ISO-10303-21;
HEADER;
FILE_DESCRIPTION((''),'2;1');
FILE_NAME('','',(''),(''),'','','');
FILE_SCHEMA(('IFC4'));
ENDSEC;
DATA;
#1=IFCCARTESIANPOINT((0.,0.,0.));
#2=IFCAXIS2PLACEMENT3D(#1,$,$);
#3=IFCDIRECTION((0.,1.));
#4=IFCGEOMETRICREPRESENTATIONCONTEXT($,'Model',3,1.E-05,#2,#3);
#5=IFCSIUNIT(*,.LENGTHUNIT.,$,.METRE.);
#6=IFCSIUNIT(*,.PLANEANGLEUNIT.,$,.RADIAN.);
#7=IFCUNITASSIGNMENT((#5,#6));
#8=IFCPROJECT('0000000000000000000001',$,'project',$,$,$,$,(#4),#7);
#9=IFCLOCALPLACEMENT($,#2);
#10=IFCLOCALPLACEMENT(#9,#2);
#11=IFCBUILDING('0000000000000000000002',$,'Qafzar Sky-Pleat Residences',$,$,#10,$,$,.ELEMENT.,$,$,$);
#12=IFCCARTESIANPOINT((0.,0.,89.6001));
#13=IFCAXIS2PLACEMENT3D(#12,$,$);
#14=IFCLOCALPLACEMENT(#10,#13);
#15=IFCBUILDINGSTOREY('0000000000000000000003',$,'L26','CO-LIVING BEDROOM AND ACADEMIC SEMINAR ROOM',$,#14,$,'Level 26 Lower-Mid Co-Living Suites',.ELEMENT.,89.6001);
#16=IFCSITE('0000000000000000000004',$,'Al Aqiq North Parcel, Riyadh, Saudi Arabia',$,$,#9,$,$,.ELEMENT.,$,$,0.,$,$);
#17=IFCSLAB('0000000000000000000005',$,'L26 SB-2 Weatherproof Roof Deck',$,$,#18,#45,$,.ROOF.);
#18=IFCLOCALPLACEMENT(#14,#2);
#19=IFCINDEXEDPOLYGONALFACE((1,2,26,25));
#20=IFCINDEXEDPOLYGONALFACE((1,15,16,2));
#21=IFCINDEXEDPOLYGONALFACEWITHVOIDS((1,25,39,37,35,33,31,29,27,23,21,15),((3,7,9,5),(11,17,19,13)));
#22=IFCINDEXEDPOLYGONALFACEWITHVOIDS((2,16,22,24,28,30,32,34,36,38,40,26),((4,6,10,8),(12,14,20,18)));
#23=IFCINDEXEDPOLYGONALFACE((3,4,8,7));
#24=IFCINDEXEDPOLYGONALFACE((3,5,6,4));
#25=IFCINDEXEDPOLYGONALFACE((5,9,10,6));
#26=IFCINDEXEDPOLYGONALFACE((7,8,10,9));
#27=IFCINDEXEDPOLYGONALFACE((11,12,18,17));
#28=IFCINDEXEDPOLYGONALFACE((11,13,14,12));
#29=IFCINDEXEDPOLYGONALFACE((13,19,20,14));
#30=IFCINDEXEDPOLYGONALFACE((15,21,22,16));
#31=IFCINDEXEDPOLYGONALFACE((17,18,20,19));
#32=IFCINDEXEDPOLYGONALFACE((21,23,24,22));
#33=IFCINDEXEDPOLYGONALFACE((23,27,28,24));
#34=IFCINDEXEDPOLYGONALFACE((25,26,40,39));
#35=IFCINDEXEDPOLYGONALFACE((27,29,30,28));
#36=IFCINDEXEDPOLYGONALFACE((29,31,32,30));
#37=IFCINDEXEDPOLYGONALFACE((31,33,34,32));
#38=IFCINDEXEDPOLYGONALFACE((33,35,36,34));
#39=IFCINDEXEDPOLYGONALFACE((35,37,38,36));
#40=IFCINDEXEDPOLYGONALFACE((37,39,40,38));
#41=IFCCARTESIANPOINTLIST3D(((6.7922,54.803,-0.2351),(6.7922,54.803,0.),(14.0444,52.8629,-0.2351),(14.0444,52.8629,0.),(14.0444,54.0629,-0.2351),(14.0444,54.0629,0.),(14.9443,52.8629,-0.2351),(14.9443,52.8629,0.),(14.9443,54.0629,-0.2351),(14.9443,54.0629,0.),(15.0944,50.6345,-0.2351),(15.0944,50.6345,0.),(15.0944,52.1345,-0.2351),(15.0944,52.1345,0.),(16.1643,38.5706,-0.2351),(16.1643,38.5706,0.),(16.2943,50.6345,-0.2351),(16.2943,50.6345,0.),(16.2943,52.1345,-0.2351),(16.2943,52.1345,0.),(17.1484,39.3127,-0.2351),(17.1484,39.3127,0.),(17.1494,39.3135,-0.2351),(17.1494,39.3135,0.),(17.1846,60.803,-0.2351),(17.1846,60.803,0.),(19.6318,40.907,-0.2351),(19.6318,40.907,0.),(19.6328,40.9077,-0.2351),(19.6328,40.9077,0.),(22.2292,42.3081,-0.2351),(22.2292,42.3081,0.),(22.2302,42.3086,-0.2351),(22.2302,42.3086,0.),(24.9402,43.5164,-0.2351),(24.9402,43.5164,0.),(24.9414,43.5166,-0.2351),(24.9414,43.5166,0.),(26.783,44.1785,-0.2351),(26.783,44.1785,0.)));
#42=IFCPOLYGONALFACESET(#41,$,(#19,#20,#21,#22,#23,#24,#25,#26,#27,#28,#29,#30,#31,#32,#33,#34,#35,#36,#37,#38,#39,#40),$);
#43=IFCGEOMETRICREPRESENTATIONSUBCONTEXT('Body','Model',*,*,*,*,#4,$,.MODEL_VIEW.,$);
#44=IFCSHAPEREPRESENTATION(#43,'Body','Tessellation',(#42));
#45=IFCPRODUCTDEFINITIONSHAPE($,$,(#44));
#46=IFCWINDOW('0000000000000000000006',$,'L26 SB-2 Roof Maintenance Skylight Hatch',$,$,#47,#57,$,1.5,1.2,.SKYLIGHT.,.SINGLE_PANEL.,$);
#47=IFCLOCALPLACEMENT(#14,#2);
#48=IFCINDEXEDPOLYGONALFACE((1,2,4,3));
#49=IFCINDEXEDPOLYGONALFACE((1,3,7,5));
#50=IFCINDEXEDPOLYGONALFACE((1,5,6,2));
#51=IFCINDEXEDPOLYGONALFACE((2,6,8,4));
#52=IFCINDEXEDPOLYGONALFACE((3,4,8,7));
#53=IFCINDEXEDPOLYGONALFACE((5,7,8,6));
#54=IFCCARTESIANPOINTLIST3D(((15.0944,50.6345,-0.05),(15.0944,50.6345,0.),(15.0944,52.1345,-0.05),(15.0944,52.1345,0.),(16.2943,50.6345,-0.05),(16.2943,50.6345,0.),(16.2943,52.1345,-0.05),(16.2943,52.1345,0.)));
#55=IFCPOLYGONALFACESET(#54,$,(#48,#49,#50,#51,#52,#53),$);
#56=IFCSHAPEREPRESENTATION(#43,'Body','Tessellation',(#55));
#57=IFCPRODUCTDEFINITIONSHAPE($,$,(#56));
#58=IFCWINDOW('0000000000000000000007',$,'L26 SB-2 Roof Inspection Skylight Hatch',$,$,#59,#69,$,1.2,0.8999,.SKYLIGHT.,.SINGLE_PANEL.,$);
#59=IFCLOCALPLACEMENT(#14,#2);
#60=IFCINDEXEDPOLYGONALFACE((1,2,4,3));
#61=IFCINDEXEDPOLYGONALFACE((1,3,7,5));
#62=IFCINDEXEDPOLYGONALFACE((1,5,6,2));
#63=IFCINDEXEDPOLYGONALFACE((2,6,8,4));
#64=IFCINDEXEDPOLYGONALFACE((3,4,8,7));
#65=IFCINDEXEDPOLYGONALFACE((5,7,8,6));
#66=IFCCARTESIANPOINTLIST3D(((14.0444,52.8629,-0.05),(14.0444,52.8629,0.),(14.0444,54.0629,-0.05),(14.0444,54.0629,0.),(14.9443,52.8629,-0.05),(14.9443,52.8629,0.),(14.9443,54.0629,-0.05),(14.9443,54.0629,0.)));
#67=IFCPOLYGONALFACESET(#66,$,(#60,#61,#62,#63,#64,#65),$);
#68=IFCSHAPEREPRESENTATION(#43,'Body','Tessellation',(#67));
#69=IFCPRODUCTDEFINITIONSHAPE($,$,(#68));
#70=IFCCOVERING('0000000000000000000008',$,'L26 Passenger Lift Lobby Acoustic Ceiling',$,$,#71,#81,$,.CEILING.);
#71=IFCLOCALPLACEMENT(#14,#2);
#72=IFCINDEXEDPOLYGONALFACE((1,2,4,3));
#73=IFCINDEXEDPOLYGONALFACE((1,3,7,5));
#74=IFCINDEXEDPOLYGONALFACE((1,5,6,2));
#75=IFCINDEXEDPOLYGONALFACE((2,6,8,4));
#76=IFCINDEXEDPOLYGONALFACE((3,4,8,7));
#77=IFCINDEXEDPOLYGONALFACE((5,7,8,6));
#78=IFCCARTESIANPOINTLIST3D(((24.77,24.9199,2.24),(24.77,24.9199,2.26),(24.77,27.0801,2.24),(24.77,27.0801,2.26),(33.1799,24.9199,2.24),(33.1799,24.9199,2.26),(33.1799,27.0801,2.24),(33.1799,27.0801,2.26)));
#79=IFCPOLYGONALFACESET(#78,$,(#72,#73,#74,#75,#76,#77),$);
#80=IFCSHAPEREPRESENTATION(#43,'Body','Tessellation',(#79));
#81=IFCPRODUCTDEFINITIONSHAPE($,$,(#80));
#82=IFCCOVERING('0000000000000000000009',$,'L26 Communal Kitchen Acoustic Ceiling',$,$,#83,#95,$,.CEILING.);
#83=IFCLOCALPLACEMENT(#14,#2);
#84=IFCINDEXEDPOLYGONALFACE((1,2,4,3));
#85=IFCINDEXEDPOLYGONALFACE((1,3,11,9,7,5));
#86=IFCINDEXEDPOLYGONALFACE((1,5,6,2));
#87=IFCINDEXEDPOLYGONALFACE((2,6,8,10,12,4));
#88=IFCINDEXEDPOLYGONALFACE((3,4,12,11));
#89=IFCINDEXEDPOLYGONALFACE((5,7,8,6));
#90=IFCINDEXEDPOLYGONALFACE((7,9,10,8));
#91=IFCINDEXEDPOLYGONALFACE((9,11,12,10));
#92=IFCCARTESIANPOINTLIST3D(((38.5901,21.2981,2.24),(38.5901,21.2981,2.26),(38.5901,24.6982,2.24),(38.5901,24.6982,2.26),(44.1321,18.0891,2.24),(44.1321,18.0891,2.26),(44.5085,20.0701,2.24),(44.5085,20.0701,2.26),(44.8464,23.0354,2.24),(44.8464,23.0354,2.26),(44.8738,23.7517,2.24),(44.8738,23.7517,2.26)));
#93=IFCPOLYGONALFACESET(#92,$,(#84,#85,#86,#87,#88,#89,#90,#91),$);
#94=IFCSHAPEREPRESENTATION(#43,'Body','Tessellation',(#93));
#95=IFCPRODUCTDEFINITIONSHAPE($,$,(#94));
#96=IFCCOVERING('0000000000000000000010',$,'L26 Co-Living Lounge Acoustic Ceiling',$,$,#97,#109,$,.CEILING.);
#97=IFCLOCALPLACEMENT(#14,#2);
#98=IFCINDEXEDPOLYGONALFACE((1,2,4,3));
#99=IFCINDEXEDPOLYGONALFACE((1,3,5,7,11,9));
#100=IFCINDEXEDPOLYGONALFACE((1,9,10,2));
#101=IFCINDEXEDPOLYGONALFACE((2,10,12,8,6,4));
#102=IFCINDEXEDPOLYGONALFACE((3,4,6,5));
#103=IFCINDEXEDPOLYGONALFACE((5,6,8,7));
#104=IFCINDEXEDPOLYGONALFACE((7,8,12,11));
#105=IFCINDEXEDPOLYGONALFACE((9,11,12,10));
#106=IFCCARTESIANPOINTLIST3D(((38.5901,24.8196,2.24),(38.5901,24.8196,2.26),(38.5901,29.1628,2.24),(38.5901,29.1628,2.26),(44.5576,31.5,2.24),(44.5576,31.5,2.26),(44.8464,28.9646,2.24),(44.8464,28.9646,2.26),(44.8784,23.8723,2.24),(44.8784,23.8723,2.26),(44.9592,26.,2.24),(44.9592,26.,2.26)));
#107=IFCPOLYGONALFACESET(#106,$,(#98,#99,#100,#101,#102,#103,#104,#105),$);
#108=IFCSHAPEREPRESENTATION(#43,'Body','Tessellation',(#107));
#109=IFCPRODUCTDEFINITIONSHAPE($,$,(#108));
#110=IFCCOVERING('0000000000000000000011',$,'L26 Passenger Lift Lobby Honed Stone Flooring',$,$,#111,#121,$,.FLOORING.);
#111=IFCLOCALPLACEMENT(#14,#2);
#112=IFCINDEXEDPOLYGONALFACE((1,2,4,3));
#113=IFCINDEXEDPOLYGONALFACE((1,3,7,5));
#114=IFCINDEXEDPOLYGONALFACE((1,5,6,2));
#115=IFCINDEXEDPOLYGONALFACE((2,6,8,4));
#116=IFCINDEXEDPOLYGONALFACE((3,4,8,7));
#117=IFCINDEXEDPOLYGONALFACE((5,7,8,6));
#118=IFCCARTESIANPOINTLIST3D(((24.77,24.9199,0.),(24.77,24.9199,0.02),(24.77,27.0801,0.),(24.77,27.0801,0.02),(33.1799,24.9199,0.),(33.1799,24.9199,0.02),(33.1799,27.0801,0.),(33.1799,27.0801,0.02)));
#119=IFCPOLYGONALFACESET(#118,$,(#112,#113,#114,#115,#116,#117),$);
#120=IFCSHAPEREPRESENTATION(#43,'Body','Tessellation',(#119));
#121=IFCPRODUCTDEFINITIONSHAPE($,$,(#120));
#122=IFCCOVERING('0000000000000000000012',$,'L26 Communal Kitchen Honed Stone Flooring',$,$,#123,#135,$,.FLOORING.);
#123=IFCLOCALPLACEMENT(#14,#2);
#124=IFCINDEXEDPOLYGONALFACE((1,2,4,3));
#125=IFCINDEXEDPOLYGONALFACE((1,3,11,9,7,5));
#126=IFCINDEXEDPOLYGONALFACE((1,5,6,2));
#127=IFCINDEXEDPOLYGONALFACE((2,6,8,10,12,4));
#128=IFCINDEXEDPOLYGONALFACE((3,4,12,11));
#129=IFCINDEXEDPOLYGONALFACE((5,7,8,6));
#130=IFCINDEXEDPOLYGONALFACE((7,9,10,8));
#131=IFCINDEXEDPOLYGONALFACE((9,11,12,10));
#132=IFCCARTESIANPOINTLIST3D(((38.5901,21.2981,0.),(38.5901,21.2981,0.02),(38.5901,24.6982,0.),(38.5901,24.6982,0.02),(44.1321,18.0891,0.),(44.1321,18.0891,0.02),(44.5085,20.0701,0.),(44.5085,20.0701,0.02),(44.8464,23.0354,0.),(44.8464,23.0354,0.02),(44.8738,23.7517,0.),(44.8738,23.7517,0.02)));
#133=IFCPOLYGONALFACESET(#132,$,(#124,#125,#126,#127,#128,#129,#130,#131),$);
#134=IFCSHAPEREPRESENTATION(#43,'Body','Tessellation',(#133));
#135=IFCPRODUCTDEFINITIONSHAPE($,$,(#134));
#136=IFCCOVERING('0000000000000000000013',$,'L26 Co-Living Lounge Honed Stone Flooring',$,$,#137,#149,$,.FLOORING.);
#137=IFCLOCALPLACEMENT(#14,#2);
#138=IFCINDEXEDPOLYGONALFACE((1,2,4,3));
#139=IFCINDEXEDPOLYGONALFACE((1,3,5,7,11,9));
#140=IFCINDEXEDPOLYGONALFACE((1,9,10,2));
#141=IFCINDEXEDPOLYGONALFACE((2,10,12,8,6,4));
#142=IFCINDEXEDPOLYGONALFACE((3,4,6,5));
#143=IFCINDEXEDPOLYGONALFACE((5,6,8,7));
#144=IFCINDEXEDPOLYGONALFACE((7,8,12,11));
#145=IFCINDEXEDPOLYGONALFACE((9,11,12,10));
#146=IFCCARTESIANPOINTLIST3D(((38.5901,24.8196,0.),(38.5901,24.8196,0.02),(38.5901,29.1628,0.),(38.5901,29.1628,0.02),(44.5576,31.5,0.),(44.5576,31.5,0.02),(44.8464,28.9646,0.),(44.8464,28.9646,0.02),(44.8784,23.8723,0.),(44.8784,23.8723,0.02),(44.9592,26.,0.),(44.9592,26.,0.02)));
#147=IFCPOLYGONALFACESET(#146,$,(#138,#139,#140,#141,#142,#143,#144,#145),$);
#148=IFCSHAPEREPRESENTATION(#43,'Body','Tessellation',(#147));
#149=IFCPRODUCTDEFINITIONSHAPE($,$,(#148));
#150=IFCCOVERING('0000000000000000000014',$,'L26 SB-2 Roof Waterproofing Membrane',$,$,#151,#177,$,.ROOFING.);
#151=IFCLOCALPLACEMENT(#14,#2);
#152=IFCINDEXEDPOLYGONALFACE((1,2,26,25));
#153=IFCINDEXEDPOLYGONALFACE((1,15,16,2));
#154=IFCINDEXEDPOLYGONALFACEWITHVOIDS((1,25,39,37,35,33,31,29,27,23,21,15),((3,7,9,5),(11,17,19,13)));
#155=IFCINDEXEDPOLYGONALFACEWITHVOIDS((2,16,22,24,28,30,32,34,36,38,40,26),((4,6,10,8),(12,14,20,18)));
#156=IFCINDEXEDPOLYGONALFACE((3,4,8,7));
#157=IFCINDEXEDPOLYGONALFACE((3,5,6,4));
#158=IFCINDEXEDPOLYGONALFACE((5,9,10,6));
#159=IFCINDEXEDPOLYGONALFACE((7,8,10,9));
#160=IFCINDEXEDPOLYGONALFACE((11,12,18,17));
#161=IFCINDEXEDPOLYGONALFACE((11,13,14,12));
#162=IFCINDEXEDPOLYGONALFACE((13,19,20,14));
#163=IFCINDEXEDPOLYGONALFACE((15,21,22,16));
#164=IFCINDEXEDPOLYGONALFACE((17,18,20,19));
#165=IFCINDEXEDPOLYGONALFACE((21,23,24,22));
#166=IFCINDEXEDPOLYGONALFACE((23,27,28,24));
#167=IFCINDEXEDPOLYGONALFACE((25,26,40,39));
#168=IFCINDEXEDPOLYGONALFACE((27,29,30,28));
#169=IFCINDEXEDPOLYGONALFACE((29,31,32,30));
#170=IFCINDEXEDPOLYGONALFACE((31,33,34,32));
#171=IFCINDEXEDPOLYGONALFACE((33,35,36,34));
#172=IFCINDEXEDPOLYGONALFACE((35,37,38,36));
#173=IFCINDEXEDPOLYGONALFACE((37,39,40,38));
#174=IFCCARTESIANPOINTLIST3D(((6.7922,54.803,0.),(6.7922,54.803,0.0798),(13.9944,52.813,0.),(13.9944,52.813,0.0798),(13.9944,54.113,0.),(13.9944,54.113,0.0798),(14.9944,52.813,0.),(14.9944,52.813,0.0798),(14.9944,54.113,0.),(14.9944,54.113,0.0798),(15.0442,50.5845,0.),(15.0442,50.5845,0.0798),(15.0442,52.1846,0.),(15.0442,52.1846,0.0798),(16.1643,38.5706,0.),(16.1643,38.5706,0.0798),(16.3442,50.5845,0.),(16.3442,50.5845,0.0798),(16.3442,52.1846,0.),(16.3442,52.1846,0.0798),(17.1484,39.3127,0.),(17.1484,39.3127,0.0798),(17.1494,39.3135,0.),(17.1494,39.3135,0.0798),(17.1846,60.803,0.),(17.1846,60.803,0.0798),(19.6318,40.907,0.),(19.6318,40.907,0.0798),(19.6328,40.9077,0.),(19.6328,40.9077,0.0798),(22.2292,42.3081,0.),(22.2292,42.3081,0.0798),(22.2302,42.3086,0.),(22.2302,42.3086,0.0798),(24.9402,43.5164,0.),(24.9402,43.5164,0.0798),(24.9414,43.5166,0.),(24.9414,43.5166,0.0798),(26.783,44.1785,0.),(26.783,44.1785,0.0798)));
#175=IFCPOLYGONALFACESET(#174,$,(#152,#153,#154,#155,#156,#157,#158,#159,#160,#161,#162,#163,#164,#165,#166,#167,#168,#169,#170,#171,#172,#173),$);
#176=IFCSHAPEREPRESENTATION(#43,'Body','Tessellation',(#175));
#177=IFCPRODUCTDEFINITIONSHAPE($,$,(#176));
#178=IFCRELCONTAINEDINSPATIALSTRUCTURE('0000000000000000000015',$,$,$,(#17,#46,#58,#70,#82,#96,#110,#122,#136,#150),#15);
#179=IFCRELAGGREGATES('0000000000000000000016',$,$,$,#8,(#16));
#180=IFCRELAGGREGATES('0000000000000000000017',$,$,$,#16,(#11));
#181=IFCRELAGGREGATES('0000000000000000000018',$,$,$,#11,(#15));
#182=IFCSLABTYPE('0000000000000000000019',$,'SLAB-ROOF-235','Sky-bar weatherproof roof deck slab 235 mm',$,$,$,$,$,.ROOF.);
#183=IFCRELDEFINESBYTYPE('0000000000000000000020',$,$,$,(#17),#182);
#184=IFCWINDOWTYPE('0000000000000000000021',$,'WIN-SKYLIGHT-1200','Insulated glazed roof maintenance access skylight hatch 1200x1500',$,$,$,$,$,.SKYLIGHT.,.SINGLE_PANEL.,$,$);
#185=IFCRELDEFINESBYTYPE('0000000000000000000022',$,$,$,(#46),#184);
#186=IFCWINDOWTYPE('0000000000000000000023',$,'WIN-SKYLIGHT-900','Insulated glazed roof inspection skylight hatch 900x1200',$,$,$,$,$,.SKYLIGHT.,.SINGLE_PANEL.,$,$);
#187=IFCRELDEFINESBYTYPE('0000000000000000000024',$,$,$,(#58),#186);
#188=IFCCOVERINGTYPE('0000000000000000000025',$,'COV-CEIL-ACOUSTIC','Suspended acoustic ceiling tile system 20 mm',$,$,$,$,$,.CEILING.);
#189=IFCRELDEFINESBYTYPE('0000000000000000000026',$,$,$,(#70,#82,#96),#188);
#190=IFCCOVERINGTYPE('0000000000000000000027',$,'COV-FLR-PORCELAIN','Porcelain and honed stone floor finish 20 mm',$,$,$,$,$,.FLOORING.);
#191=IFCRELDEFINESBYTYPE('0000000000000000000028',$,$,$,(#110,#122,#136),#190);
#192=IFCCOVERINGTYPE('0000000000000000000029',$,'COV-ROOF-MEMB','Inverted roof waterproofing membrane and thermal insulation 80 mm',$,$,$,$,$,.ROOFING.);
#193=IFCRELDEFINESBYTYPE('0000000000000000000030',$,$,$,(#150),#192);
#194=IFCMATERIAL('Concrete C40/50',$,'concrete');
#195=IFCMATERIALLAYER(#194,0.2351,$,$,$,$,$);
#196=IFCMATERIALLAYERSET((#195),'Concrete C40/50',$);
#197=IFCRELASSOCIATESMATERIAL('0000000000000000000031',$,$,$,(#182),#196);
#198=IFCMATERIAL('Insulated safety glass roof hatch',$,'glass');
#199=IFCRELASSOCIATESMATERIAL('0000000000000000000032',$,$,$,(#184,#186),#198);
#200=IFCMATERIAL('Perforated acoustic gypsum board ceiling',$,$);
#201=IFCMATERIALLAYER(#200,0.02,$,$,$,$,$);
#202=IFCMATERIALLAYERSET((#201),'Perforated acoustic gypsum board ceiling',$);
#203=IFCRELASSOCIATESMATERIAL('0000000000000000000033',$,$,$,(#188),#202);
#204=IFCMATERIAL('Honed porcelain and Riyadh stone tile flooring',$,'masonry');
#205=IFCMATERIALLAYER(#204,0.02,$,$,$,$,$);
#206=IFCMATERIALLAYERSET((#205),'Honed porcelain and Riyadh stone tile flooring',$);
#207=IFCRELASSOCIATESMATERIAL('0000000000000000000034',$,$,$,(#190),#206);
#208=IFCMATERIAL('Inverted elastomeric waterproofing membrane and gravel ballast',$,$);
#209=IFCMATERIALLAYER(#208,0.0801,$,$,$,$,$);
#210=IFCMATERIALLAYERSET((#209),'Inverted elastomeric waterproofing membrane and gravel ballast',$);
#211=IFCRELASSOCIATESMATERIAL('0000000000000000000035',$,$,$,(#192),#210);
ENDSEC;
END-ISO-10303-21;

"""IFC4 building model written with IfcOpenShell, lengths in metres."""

from ifc_helpers import new_model, si_unit, direction, frame, origin, origin_2d, place, context, subcontext, project, spatial, polyline, rectangle, outline, extrude, material, layer, layer_set, type_object, element, fill, save


model = new_model("IFC4")

# Units and contexts
model_context = context("Model", 3, precision=1e-05, world=origin(), true_north=direction((0.0, 1.0)))
body_context = subcontext(model_context, "Body", "Model", "MODEL_VIEW")
ifc_project = project(units=[si_unit("LENGTHUNIT", "METRE"), si_unit("PLANEANGLEUNIT", "RADIAN")], contexts=[model_context])

# Site, building, storey
site_placement = place(None, origin())
site = spatial("IfcSite", under=ifc_project, at=site_placement, Name="Al Aqiq North Parcel, Riyadh, Saudi Arabia", CompositionType="ELEMENT", RefElevation=0.0)
building_placement = place(site_placement, origin())
building = spatial("IfcBuilding", under=site, at=building_placement, Name="Qafzar Sky-Pleat Residences", CompositionType="ELEMENT")
storey_placement = place(building_placement, frame((0.0, 0.0, 89.6001)))
storey = spatial("IfcBuildingStorey", under=building, at=storey_placement, Name="L26", Description="CO-LIVING BEDROOM AND ACADEMIC SEMINAR ROOM", LongName="Level 26 Lower-Mid Co-Living Suites", CompositionType="ELEMENT", Elevation=89.6001)

# Shared definitions
ifc_material_1 = material(Name="Concrete C40/50", Category="concrete")

# Slab, openings, windows
ifc_layer_1 = layer(ifc_material_1, 0.2351)
ifc_layer_set_1 = layer_set([ifc_layer_1], Name="Concrete C40/50")
slab_type_1 = type_object("IfcSlabType", Name="SLAB-ROOF-235", Description="Sky-bar weatherproof roof deck slab 235 mm", PredefinedType="ROOF", material=ifc_layer_set_1)
slab_1_placement = place(storey_placement, frame((0.0, 0.0, -0.2351)))
slab_1 = element("IfcSlab", 1, at=slab_1_placement, inside=storey, type_object=slab_type_1, Name="L26 SB-2 Weatherproof Roof Deck", PredefinedType="ROOF", context=body_context, shape_type="SweptSolid", body=[
    extrude(outline(polyline([(6.7922, 54.803), (17.1846, 60.803), (26.783, 44.1785), (24.9414, 43.5166), (24.9402, 43.5164), (22.2302, 42.3086), (22.2292, 42.3081), (19.6328, 40.9077), (19.6318, 40.907), (17.1494, 39.3135), (17.1484, 39.3127), (16.1643, 38.5706), (6.7922, 54.803)])), origin(), (0.0, 0.0, 1.0), 0.2351),
])
opening_1_placement = place(slab_1_placement, frame((15.6943, 51.3845, -0.01)))
opening_1 = element("IfcOpeningElement", 2, at=opening_1_placement, cuts=slab_1, PredefinedType="OPENING", context=body_context, shape_type="SweptSolid", body=[
    extrude(rectangle(XDim=1.2, YDim=1.5, at=origin_2d()), origin(), (0.0, 0.0, 1.0), 0.2551),
])
opening_2_placement = place(slab_1_placement, frame((14.4944, 53.4629, -0.01)))
opening_2 = element("IfcOpeningElement", 3, at=opening_2_placement, cuts=slab_1, PredefinedType="OPENING", context=body_context, shape_type="SweptSolid", body=[
    extrude(rectangle(XDim=0.8999, YDim=1.2, at=origin_2d()), origin(), (0.0, 0.0, 1.0), 0.2551),
])
ifc_material_2 = material(Name="Insulated safety glass roof hatch", Category="glass")
window_type_1 = type_object("IfcWindowType", Name="WIN-SKYLIGHT-1200", Description="Insulated glazed roof maintenance access skylight hatch 1200x1500", PartitioningType="SINGLE_PANEL", PredefinedType="SKYLIGHT", material=ifc_material_2)
window_1_placement = place(slab_1_placement, frame((15.6943, 51.3845, 0.1851)))
window_1 = element("IfcWindow", 4, at=window_1_placement, inside=storey, type_object=window_type_1, Name="L26 SB-2 Roof Maintenance Skylight Hatch", OverallHeight=1.5, OverallWidth=1.2, PartitioningType="SINGLE_PANEL", PredefinedType="SKYLIGHT", context=body_context, shape_type="SweptSolid", body=[
    extrude(rectangle(XDim=1.2, YDim=1.5, at=origin_2d()), origin(), (0.0, 0.0, 1.0), 0.05),
])
fill(opening_1, window_1)
window_type_2 = type_object("IfcWindowType", Name="WIN-SKYLIGHT-900", Description="Insulated glazed roof inspection skylight hatch 900x1200", PartitioningType="SINGLE_PANEL", PredefinedType="SKYLIGHT", material=ifc_material_2)
window_2_placement = place(slab_1_placement, frame((14.4944, 53.4629, 0.1851)))
window_2 = element("IfcWindow", 5, at=window_2_placement, inside=storey, type_object=window_type_2, Name="L26 SB-2 Roof Inspection Skylight Hatch", OverallHeight=1.2, OverallWidth=0.8999, PartitioningType="SINGLE_PANEL", PredefinedType="SKYLIGHT", context=body_context, shape_type="SweptSolid", body=[
    extrude(rectangle(XDim=0.8999, YDim=1.2, at=origin_2d()), origin(), (0.0, 0.0, 1.0), 0.05),
])
fill(opening_2, window_2)

# Coverings
ifc_material_3 = material(Name="Perforated acoustic gypsum board ceiling")
ifc_layer_2 = layer(ifc_material_3, 0.02)
ifc_layer_set_2 = layer_set([ifc_layer_2], Name="Perforated acoustic gypsum board ceiling")
covering_type_1 = type_object("IfcCoveringType", Name="COV-CEIL-ACOUSTIC", Description="Suspended acoustic ceiling tile system 20 mm", PredefinedType="CEILING", material=ifc_layer_set_2)
covering_1_placement = place(storey_placement, frame((0.0, 0.0, 2.24)))
element("IfcCovering", 6, at=covering_1_placement, inside=storey, type_object=covering_type_1, Name="L26 Passenger Lift Lobby Acoustic Ceiling", PredefinedType="CEILING", context=body_context, shape_type="SweptSolid", body=[
    extrude(outline(polyline([(33.1799, 24.9199), (24.77, 24.9199), (24.77, 27.0801), (33.1799, 27.0801), (33.1799, 24.9199)])), origin(), (0.0, 0.0, 1.0), 0.02),
])
covering_2_placement = place(storey_placement, frame((0.0, 0.0, 2.24)))
element("IfcCovering", 7, at=covering_2_placement, inside=storey, type_object=covering_type_1, Name="L26 Communal Kitchen Acoustic Ceiling", PredefinedType="CEILING", context=body_context, shape_type="SweptSolid", body=[
    extrude(outline(polyline([(44.8464, 23.0354), (44.5085, 20.0701), (44.1321, 18.0891), (38.5901, 21.2981), (38.5901, 24.6982), (44.8738, 23.7517), (44.8464, 23.0354)])), origin(), (0.0, 0.0, 1.0), 0.02),
])
covering_3_placement = place(storey_placement, frame((0.0, 0.0, 2.24)))
element("IfcCovering", 8, at=covering_3_placement, inside=storey, type_object=covering_type_1, Name="L26 Co-Living Lounge Acoustic Ceiling", PredefinedType="CEILING", context=body_context, shape_type="SweptSolid", body=[
    extrude(outline(polyline([(44.8464, 28.9646), (44.9592, 26.0), (44.8784, 23.8723), (38.5901, 24.8196), (38.5901, 29.1628), (44.5576, 31.5), (44.8464, 28.9646)])), origin(), (0.0, 0.0, 1.0), 0.02),
])
ifc_material_4 = material(Name="Honed porcelain and Riyadh stone tile flooring", Category="masonry")
ifc_layer_3 = layer(ifc_material_4, 0.02)
ifc_layer_set_3 = layer_set([ifc_layer_3], Name="Honed porcelain and Riyadh stone tile flooring")
covering_type_2 = type_object("IfcCoveringType", Name="COV-FLR-PORCELAIN", Description="Porcelain and honed stone floor finish 20 mm", PredefinedType="FLOORING", material=ifc_layer_set_3)
covering_4_placement = place(storey_placement, origin())
element("IfcCovering", 9, at=covering_4_placement, inside=storey, type_object=covering_type_2, Name="L26 Passenger Lift Lobby Honed Stone Flooring", PredefinedType="FLOORING", context=body_context, shape_type="SweptSolid", body=[
    extrude(outline(polyline([(33.1799, 24.9199), (24.77, 24.9199), (24.77, 27.0801), (33.1799, 27.0801), (33.1799, 24.9199)])), origin(), (0.0, 0.0, 1.0), 0.02),
])
covering_5_placement = place(storey_placement, origin())
element("IfcCovering", 10, at=covering_5_placement, inside=storey, type_object=covering_type_2, Name="L26 Communal Kitchen Honed Stone Flooring", PredefinedType="FLOORING", context=body_context, shape_type="SweptSolid", body=[
    extrude(outline(polyline([(44.8464, 23.0354), (44.5085, 20.0701), (44.1321, 18.0891), (38.5901, 21.2981), (38.5901, 24.6982), (44.8738, 23.7517), (44.8464, 23.0354)])), origin(), (0.0, 0.0, 1.0), 0.02),
])
covering_6_placement = place(storey_placement, origin())
element("IfcCovering", 11, at=covering_6_placement, inside=storey, type_object=covering_type_2, Name="L26 Co-Living Lounge Honed Stone Flooring", PredefinedType="FLOORING", context=body_context, shape_type="SweptSolid", body=[
    extrude(outline(polyline([(44.8464, 28.9646), (44.9592, 26.0), (44.8784, 23.8723), (38.5901, 24.8196), (38.5901, 29.1628), (44.5576, 31.5), (44.8464, 28.9646)])), origin(), (0.0, 0.0, 1.0), 0.02),
])
ifc_material_5 = material(Name="Inverted elastomeric waterproofing membrane and gravel ballast")
ifc_layer_4 = layer(ifc_material_5, 0.0801)
ifc_layer_set_4 = layer_set([ifc_layer_4], Name="Inverted elastomeric waterproofing membrane and gravel ballast")
covering_type_3 = type_object("IfcCoveringType", Name="COV-ROOF-MEMB", Description="Inverted roof waterproofing membrane and thermal insulation 80 mm", PredefinedType="ROOFING", material=ifc_layer_set_4)
covering_7_placement = place(storey_placement, origin())
element("IfcCovering", 12, at=covering_7_placement, inside=storey, type_object=covering_type_3, Name="L26 SB-2 Roof Waterproofing Membrane", PredefinedType="ROOFING", context=body_context, shape_type="SweptSolid", body=[
    extrude(outline(polyline([(6.7922, 54.803), (17.1846, 60.803), (26.783, 44.1785), (24.9414, 43.5166), (24.9402, 43.5164), (22.2302, 42.3086), (22.2292, 42.3081), (19.6328, 40.9077), (19.6318, 40.907), (17.1494, 39.3135), (17.1484, 39.3127), (16.1643, 38.5706), (6.7922, 54.803)]), holes=[polyline([(15.0442, 50.5845), (16.3442, 50.5845), (16.3442, 52.1846), (15.0442, 52.1846), (15.0442, 50.5845)]), polyline([(13.9944, 52.813), (14.9944, 52.813), (14.9944, 54.113), (13.9944, 54.113), (13.9944, 52.813)])]), origin(), (0.0, 0.0, 1.0), 0.0798),
])

save(model, "model.ifc")
